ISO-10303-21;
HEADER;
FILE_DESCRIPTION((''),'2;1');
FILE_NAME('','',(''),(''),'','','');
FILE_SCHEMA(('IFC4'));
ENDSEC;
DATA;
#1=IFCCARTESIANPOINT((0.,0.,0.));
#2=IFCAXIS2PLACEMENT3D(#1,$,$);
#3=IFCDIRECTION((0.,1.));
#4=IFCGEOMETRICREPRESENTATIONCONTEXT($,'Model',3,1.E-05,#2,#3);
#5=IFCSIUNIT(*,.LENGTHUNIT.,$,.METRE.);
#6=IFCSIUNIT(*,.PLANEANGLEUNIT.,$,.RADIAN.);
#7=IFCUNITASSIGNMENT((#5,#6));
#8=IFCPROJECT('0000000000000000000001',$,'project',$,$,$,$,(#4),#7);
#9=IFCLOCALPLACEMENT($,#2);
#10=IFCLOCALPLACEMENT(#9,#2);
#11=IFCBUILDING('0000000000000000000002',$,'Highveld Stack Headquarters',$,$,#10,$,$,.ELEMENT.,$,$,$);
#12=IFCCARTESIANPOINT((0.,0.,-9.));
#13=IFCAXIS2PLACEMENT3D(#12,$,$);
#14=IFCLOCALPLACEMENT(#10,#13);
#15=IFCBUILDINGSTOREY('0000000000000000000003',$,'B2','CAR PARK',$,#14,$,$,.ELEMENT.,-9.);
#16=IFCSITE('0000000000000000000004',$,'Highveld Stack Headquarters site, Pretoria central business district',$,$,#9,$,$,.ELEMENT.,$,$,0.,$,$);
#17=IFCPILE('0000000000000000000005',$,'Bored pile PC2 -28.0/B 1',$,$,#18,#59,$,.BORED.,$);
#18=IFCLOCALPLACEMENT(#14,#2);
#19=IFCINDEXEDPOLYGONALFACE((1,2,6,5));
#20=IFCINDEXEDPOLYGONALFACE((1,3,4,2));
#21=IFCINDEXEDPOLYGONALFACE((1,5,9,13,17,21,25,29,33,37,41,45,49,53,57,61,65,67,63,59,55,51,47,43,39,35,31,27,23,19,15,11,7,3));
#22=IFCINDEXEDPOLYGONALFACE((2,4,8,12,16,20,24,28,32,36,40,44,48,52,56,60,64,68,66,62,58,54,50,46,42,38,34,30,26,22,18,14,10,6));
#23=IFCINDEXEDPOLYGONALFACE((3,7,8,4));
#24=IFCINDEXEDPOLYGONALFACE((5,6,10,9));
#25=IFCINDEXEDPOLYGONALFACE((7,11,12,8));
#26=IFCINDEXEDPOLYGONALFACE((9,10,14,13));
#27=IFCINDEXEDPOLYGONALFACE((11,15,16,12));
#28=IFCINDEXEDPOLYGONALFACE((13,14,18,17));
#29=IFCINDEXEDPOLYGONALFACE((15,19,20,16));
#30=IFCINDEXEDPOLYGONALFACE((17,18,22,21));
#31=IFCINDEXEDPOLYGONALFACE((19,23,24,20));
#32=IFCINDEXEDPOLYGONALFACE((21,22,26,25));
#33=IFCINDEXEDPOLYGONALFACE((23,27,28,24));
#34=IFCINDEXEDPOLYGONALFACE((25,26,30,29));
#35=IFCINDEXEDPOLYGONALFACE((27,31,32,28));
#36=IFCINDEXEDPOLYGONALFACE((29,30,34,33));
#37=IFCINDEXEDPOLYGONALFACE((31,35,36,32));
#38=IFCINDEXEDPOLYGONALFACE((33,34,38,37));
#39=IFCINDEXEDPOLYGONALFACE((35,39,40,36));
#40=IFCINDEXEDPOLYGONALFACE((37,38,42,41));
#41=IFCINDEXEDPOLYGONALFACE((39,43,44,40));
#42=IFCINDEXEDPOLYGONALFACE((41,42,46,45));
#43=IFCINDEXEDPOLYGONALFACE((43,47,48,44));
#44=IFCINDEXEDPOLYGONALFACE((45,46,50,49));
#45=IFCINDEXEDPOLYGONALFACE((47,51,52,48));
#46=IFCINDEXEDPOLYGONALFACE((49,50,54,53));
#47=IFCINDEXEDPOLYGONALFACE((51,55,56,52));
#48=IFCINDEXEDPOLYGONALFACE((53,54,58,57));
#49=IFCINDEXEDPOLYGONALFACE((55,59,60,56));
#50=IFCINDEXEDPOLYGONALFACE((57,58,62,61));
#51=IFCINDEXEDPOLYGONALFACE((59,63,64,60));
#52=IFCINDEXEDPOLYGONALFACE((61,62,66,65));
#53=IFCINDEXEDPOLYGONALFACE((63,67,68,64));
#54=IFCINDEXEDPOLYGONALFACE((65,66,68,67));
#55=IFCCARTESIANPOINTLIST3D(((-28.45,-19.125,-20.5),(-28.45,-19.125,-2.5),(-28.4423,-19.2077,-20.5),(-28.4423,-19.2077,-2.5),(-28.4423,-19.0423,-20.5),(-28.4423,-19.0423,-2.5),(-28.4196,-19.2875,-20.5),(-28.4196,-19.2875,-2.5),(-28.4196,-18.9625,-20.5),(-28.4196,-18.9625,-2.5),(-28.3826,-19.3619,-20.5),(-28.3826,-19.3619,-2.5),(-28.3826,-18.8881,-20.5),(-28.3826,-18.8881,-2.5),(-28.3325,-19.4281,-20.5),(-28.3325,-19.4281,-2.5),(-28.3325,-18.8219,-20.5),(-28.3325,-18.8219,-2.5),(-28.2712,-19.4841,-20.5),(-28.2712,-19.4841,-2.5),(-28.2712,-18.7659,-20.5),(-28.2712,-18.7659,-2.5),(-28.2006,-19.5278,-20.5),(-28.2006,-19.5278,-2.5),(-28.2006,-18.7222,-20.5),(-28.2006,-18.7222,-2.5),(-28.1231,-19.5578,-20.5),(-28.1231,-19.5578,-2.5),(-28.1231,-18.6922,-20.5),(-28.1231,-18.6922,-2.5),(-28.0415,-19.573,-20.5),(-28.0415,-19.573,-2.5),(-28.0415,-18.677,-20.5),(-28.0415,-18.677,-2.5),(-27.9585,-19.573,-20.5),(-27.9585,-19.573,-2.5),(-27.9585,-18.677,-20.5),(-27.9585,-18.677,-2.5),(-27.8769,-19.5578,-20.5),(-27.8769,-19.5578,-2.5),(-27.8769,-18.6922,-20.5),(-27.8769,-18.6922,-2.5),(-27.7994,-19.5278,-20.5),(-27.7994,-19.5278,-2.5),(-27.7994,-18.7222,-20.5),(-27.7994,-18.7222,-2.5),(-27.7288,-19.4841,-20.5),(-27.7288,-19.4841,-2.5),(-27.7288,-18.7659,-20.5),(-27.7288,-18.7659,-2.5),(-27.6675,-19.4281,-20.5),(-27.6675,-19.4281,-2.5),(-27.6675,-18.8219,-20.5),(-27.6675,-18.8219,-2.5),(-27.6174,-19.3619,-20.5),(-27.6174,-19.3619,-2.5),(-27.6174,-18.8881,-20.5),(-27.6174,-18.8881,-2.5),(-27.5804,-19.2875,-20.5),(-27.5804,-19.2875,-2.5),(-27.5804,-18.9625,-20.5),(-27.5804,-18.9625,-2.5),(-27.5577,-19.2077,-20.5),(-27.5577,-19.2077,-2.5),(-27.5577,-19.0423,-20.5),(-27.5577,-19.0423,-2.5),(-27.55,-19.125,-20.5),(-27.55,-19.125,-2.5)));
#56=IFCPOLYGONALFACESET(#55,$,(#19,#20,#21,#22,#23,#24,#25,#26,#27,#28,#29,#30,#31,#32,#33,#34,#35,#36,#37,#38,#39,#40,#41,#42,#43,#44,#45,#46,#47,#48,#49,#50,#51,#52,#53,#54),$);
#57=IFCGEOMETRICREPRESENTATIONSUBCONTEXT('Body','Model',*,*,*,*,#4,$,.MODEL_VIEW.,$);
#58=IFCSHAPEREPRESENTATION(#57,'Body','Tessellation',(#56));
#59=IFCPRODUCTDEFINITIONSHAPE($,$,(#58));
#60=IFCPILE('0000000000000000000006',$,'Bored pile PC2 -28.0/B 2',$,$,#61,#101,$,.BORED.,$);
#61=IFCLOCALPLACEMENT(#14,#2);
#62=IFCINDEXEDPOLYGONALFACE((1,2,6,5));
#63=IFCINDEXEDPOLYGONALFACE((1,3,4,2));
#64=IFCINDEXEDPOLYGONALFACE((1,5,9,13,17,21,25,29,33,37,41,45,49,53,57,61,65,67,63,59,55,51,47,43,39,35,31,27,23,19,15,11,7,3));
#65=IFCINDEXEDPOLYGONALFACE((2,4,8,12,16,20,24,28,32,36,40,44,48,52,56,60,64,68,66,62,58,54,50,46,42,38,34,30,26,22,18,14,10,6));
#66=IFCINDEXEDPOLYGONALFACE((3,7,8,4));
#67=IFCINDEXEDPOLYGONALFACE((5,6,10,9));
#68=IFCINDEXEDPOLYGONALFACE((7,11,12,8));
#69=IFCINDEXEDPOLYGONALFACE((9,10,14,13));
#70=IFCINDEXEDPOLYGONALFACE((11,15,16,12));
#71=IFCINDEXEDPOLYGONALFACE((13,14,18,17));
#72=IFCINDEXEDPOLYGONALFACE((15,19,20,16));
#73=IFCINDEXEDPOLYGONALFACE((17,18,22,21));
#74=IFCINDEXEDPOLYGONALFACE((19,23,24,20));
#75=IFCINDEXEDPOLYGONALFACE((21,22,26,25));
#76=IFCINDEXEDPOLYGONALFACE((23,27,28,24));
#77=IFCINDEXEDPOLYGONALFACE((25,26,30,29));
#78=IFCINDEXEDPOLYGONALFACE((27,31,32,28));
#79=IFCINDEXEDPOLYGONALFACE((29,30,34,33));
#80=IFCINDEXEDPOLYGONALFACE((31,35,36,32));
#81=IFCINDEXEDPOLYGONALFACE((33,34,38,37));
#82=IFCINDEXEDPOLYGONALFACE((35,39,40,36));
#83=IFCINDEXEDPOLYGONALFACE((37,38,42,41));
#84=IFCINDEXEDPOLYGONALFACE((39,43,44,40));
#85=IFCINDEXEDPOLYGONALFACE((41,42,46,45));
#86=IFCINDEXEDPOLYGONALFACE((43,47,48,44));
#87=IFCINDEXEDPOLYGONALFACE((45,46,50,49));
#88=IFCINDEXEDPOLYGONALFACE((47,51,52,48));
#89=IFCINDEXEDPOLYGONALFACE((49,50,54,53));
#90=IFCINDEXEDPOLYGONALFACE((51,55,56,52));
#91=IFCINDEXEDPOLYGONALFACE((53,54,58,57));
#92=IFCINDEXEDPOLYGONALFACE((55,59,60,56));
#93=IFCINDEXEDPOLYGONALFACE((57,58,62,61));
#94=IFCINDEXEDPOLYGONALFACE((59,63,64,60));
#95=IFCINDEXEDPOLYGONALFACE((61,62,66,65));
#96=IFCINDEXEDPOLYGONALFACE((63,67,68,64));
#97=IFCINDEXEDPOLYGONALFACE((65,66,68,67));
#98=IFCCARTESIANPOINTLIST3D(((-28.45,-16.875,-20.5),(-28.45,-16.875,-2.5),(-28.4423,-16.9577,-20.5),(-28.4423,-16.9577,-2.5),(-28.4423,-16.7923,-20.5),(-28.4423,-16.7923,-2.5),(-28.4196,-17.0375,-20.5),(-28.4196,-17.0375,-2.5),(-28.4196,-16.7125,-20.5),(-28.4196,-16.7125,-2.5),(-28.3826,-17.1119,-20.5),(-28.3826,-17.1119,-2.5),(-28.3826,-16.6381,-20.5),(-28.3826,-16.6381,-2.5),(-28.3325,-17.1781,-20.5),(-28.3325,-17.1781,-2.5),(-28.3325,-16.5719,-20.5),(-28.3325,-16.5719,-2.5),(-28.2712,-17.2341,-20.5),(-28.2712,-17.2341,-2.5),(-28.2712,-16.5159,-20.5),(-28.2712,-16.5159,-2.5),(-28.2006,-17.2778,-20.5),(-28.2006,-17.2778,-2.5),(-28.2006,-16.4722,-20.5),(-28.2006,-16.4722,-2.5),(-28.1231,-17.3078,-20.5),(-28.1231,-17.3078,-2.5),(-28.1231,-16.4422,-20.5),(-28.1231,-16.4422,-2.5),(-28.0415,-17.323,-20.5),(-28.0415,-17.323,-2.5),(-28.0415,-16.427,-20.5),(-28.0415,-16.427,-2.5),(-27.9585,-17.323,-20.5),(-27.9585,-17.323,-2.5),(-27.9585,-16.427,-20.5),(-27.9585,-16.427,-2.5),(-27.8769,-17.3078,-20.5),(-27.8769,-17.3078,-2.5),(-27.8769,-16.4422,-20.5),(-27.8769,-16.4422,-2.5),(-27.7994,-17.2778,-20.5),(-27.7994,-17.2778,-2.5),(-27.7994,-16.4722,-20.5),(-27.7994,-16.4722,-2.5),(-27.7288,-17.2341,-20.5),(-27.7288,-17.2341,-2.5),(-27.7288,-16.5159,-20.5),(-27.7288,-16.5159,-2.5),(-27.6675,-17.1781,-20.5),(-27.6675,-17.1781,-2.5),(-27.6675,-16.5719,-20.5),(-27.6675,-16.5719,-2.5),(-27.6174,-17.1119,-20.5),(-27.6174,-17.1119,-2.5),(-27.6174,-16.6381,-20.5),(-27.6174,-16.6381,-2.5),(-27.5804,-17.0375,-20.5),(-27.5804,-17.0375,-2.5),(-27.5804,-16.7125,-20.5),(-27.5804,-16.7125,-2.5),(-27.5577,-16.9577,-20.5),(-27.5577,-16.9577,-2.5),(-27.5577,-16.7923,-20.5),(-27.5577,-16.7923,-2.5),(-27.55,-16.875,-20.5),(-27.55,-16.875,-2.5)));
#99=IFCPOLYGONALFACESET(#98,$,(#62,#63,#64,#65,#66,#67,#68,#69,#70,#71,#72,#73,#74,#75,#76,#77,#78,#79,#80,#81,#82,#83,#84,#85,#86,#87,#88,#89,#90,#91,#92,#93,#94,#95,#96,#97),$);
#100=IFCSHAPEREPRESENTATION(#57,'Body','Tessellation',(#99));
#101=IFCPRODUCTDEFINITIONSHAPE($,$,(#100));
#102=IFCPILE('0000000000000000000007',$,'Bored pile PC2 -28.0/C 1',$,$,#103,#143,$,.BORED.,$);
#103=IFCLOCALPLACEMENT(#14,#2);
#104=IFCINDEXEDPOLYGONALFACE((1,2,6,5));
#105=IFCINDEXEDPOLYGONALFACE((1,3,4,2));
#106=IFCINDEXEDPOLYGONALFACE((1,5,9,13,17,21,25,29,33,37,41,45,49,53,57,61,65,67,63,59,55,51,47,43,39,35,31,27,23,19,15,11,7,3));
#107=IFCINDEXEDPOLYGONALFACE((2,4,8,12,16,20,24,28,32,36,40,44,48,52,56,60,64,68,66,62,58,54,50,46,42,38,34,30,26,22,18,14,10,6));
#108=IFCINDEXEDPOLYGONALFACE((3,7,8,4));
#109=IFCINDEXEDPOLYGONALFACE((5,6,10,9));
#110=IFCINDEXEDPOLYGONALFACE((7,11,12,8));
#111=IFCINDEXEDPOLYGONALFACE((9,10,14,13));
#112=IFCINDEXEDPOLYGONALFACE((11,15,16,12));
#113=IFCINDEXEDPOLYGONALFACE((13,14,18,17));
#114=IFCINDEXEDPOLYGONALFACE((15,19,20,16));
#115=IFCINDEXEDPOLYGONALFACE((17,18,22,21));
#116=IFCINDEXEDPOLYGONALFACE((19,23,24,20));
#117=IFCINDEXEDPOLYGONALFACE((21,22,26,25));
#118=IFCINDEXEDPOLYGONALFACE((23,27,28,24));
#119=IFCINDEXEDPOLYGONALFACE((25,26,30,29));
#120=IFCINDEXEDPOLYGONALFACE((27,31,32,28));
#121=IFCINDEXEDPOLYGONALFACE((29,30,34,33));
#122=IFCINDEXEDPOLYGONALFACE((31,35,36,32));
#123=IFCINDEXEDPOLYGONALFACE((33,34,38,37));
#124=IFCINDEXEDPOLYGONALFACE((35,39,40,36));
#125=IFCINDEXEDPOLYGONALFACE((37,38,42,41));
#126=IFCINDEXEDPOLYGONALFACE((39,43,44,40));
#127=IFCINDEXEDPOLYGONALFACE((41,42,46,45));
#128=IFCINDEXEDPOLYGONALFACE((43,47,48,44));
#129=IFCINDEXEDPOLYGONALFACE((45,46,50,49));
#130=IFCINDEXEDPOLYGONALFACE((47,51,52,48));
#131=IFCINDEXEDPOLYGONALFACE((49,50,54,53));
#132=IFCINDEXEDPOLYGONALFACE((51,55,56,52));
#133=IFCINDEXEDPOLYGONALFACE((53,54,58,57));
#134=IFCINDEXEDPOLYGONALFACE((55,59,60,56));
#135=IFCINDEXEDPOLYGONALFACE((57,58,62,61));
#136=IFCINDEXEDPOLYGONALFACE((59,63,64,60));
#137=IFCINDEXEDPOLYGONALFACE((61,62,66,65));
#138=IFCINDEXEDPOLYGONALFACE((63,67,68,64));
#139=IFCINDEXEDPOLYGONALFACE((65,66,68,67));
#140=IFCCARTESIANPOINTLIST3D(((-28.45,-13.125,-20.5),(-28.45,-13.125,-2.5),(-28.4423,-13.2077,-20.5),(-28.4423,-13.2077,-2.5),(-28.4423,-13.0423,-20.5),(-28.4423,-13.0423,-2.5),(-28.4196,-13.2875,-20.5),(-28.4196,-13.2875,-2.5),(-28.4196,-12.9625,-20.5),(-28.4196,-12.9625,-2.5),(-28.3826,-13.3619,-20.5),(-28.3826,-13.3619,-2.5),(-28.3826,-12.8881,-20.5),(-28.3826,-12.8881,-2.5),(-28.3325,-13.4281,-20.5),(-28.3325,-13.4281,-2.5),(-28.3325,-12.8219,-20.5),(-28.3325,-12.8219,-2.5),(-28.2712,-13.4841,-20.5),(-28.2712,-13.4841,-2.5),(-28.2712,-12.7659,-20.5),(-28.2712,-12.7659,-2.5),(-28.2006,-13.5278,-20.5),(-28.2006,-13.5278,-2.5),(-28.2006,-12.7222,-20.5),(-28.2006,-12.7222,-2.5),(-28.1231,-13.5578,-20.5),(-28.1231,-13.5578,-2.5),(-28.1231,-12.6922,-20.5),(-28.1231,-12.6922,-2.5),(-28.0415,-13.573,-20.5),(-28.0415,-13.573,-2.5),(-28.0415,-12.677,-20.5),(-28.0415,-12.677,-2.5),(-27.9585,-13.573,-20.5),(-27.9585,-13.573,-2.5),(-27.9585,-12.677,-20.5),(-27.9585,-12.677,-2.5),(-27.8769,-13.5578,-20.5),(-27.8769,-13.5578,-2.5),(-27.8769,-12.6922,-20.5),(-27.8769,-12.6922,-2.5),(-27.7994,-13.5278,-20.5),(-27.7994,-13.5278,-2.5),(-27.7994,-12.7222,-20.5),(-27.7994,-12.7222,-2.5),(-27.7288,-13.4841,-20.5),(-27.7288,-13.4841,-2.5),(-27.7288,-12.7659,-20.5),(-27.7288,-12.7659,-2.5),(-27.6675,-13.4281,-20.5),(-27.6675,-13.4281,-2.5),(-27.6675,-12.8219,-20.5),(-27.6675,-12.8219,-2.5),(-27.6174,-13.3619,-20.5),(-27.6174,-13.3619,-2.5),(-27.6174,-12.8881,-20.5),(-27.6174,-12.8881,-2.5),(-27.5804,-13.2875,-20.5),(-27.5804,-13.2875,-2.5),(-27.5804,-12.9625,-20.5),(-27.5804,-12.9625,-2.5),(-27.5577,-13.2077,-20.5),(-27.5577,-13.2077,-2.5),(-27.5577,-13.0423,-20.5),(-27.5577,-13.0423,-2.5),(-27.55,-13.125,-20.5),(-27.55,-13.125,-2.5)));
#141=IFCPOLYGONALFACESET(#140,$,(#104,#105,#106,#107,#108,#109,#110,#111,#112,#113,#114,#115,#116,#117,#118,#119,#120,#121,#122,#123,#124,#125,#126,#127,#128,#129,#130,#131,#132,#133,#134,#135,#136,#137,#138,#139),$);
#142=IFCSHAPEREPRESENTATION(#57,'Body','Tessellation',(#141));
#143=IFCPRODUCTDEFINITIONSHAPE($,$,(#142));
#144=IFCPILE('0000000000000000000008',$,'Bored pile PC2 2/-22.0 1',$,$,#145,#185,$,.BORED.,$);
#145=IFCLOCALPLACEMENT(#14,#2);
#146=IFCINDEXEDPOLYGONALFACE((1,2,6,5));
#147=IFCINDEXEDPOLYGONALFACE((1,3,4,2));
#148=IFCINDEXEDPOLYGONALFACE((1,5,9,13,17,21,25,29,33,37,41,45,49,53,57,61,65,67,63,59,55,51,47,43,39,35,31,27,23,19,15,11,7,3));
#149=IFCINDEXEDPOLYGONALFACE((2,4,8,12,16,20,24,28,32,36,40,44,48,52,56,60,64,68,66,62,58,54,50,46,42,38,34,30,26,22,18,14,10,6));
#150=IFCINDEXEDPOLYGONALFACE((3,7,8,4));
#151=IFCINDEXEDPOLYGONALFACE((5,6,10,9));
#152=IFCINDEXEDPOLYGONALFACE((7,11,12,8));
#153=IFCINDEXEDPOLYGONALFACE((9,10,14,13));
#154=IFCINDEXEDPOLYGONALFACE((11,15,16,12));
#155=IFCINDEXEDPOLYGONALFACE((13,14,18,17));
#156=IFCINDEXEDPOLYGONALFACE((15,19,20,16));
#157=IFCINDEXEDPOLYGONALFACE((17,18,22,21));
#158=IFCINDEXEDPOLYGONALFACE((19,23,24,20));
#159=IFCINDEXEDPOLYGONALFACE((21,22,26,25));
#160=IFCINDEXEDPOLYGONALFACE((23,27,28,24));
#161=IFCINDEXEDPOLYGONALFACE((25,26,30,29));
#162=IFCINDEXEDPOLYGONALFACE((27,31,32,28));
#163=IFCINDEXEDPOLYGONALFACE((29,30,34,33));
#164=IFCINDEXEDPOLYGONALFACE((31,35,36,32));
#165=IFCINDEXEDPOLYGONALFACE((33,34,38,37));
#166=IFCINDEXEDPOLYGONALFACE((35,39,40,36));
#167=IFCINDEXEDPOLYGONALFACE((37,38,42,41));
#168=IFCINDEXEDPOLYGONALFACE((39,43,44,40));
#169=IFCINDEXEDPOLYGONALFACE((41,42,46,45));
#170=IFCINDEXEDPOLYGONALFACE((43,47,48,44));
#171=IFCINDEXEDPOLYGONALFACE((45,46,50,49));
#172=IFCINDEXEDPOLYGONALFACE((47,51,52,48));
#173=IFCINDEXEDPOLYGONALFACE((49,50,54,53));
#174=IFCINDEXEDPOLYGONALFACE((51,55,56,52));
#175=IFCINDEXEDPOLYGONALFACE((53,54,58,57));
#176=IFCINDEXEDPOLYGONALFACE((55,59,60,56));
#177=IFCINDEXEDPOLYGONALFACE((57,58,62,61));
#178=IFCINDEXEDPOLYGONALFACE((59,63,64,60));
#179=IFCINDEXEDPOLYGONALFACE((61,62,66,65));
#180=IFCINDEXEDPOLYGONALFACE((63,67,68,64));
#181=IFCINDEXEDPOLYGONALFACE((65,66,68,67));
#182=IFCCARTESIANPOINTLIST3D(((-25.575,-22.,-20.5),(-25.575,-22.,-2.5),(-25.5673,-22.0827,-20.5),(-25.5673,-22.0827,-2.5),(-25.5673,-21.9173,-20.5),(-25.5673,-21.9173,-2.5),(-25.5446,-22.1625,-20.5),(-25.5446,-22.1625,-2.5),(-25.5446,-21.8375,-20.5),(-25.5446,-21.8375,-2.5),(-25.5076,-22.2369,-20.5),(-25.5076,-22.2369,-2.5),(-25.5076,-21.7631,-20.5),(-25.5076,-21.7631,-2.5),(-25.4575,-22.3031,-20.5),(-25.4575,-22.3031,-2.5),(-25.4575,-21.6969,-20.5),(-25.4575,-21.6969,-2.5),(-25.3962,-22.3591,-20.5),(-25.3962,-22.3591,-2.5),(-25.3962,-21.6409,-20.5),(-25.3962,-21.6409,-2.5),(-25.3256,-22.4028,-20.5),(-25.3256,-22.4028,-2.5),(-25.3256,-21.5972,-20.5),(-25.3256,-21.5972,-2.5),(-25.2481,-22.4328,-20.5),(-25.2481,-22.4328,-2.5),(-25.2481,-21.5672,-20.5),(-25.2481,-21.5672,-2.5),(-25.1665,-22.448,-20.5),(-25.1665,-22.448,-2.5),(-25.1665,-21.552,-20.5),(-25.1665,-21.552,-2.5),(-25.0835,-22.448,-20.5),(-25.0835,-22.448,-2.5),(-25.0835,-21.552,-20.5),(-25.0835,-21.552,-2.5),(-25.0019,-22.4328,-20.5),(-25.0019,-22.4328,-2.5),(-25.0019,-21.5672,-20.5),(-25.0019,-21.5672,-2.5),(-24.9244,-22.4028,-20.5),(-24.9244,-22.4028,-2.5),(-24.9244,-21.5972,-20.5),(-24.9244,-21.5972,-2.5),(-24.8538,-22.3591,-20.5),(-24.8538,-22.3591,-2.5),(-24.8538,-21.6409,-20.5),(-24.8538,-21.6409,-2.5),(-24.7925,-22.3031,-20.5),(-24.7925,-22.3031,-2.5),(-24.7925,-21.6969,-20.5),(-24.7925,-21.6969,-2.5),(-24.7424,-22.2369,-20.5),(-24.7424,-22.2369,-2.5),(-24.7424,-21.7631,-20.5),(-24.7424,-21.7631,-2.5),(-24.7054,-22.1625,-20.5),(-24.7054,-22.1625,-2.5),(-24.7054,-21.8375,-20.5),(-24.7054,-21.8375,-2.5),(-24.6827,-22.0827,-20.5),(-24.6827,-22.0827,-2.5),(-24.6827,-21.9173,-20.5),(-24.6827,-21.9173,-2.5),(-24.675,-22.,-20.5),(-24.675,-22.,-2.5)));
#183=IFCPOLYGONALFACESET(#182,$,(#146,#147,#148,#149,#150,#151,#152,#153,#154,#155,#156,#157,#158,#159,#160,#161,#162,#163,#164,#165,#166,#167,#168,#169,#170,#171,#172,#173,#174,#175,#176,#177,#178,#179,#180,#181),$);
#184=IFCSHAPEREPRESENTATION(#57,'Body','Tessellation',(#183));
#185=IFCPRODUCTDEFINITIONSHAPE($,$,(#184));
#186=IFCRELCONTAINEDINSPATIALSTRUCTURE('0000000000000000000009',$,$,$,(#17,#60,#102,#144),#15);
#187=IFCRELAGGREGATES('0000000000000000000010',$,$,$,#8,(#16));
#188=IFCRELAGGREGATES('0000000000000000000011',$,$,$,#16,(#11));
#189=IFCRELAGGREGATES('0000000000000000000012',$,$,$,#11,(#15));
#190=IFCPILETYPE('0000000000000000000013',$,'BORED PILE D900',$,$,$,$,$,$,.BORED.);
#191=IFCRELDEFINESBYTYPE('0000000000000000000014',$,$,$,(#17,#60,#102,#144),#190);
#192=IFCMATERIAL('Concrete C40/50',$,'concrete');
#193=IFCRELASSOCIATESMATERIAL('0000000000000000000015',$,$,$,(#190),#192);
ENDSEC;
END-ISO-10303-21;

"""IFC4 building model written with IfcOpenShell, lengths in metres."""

from ifc_helpers import new_model, si_unit, direction, frame, origin, origin_2d, place, context, subcontext, project, spatial, circle, extrude, material, type_object, element, save


model = new_model("IFC4")

# Units and contexts
model_context = context("Model", 3, precision=1e-05, world=origin(), true_north=direction((0.0, 1.0)))
body_context = subcontext(model_context, "Body", "Model", "MODEL_VIEW")
ifc_project = project(units=[si_unit("LENGTHUNIT", "METRE"), si_unit("PLANEANGLEUNIT", "RADIAN")], contexts=[model_context])

# Site, building, storey
site_placement = place(None, origin())
site = spatial("IfcSite", under=ifc_project, at=site_placement, Name="Highveld Stack Headquarters site, Pretoria central business district", CompositionType="ELEMENT", RefElevation=0.0)
building_placement = place(site_placement, origin())
building = spatial("IfcBuilding", under=site, at=building_placement, Name="Highveld Stack Headquarters", CompositionType="ELEMENT")
storey_placement = place(building_placement, frame((0.0, 0.0, -9.0)))
storey = spatial("IfcBuildingStorey", under=building, at=storey_placement, Name="B2", Description="CAR PARK", CompositionType="ELEMENT", Elevation=-9.0)

# Piles
ifc_material_1 = material(Name="Concrete C40/50", Category="concrete")
pile_type_1 = type_object("IfcPileType", Name="BORED PILE D900", PredefinedType="BORED", material=ifc_material_1)
for number, where, z_axis, x_axis, name in (
    (1, (-28.0, -19.125, -2.5), (0.0, 0.0, -1.0), (1.0, 0.0, 0.0), "Bored pile PC2 -28.0/B 1"),
    (2, (-28.0, -16.875, -2.5), (0.0, 0.0, -1.0), (1.0, 0.0, 0.0), "Bored pile PC2 -28.0/B 2"),
    (3, (-28.0, -13.125, -2.5), (0.0, 0.0, -1.0), (1.0, 0.0, 0.0), "Bored pile PC2 -28.0/C 1"),
    (4, (-25.125, -22.0, -2.5), (0.0, 0.0, -1.0), (1.0, 0.0, 0.0), "Bored pile PC2 2/-22.0 1"),
):
    element("IfcPile", number, at=place(storey_placement, frame(where, z_axis=z_axis, x_axis=x_axis)), inside=storey, type_object=pile_type_1, Name=name, PredefinedType="BORED", context=body_context, shape_type="SweptSolid", body=[
        extrude(circle(Radius=0.45, at=origin_2d()), origin(), (0.0, 0.0, 1.0), 18.0),
    ])

save(model, "model.ifc")
